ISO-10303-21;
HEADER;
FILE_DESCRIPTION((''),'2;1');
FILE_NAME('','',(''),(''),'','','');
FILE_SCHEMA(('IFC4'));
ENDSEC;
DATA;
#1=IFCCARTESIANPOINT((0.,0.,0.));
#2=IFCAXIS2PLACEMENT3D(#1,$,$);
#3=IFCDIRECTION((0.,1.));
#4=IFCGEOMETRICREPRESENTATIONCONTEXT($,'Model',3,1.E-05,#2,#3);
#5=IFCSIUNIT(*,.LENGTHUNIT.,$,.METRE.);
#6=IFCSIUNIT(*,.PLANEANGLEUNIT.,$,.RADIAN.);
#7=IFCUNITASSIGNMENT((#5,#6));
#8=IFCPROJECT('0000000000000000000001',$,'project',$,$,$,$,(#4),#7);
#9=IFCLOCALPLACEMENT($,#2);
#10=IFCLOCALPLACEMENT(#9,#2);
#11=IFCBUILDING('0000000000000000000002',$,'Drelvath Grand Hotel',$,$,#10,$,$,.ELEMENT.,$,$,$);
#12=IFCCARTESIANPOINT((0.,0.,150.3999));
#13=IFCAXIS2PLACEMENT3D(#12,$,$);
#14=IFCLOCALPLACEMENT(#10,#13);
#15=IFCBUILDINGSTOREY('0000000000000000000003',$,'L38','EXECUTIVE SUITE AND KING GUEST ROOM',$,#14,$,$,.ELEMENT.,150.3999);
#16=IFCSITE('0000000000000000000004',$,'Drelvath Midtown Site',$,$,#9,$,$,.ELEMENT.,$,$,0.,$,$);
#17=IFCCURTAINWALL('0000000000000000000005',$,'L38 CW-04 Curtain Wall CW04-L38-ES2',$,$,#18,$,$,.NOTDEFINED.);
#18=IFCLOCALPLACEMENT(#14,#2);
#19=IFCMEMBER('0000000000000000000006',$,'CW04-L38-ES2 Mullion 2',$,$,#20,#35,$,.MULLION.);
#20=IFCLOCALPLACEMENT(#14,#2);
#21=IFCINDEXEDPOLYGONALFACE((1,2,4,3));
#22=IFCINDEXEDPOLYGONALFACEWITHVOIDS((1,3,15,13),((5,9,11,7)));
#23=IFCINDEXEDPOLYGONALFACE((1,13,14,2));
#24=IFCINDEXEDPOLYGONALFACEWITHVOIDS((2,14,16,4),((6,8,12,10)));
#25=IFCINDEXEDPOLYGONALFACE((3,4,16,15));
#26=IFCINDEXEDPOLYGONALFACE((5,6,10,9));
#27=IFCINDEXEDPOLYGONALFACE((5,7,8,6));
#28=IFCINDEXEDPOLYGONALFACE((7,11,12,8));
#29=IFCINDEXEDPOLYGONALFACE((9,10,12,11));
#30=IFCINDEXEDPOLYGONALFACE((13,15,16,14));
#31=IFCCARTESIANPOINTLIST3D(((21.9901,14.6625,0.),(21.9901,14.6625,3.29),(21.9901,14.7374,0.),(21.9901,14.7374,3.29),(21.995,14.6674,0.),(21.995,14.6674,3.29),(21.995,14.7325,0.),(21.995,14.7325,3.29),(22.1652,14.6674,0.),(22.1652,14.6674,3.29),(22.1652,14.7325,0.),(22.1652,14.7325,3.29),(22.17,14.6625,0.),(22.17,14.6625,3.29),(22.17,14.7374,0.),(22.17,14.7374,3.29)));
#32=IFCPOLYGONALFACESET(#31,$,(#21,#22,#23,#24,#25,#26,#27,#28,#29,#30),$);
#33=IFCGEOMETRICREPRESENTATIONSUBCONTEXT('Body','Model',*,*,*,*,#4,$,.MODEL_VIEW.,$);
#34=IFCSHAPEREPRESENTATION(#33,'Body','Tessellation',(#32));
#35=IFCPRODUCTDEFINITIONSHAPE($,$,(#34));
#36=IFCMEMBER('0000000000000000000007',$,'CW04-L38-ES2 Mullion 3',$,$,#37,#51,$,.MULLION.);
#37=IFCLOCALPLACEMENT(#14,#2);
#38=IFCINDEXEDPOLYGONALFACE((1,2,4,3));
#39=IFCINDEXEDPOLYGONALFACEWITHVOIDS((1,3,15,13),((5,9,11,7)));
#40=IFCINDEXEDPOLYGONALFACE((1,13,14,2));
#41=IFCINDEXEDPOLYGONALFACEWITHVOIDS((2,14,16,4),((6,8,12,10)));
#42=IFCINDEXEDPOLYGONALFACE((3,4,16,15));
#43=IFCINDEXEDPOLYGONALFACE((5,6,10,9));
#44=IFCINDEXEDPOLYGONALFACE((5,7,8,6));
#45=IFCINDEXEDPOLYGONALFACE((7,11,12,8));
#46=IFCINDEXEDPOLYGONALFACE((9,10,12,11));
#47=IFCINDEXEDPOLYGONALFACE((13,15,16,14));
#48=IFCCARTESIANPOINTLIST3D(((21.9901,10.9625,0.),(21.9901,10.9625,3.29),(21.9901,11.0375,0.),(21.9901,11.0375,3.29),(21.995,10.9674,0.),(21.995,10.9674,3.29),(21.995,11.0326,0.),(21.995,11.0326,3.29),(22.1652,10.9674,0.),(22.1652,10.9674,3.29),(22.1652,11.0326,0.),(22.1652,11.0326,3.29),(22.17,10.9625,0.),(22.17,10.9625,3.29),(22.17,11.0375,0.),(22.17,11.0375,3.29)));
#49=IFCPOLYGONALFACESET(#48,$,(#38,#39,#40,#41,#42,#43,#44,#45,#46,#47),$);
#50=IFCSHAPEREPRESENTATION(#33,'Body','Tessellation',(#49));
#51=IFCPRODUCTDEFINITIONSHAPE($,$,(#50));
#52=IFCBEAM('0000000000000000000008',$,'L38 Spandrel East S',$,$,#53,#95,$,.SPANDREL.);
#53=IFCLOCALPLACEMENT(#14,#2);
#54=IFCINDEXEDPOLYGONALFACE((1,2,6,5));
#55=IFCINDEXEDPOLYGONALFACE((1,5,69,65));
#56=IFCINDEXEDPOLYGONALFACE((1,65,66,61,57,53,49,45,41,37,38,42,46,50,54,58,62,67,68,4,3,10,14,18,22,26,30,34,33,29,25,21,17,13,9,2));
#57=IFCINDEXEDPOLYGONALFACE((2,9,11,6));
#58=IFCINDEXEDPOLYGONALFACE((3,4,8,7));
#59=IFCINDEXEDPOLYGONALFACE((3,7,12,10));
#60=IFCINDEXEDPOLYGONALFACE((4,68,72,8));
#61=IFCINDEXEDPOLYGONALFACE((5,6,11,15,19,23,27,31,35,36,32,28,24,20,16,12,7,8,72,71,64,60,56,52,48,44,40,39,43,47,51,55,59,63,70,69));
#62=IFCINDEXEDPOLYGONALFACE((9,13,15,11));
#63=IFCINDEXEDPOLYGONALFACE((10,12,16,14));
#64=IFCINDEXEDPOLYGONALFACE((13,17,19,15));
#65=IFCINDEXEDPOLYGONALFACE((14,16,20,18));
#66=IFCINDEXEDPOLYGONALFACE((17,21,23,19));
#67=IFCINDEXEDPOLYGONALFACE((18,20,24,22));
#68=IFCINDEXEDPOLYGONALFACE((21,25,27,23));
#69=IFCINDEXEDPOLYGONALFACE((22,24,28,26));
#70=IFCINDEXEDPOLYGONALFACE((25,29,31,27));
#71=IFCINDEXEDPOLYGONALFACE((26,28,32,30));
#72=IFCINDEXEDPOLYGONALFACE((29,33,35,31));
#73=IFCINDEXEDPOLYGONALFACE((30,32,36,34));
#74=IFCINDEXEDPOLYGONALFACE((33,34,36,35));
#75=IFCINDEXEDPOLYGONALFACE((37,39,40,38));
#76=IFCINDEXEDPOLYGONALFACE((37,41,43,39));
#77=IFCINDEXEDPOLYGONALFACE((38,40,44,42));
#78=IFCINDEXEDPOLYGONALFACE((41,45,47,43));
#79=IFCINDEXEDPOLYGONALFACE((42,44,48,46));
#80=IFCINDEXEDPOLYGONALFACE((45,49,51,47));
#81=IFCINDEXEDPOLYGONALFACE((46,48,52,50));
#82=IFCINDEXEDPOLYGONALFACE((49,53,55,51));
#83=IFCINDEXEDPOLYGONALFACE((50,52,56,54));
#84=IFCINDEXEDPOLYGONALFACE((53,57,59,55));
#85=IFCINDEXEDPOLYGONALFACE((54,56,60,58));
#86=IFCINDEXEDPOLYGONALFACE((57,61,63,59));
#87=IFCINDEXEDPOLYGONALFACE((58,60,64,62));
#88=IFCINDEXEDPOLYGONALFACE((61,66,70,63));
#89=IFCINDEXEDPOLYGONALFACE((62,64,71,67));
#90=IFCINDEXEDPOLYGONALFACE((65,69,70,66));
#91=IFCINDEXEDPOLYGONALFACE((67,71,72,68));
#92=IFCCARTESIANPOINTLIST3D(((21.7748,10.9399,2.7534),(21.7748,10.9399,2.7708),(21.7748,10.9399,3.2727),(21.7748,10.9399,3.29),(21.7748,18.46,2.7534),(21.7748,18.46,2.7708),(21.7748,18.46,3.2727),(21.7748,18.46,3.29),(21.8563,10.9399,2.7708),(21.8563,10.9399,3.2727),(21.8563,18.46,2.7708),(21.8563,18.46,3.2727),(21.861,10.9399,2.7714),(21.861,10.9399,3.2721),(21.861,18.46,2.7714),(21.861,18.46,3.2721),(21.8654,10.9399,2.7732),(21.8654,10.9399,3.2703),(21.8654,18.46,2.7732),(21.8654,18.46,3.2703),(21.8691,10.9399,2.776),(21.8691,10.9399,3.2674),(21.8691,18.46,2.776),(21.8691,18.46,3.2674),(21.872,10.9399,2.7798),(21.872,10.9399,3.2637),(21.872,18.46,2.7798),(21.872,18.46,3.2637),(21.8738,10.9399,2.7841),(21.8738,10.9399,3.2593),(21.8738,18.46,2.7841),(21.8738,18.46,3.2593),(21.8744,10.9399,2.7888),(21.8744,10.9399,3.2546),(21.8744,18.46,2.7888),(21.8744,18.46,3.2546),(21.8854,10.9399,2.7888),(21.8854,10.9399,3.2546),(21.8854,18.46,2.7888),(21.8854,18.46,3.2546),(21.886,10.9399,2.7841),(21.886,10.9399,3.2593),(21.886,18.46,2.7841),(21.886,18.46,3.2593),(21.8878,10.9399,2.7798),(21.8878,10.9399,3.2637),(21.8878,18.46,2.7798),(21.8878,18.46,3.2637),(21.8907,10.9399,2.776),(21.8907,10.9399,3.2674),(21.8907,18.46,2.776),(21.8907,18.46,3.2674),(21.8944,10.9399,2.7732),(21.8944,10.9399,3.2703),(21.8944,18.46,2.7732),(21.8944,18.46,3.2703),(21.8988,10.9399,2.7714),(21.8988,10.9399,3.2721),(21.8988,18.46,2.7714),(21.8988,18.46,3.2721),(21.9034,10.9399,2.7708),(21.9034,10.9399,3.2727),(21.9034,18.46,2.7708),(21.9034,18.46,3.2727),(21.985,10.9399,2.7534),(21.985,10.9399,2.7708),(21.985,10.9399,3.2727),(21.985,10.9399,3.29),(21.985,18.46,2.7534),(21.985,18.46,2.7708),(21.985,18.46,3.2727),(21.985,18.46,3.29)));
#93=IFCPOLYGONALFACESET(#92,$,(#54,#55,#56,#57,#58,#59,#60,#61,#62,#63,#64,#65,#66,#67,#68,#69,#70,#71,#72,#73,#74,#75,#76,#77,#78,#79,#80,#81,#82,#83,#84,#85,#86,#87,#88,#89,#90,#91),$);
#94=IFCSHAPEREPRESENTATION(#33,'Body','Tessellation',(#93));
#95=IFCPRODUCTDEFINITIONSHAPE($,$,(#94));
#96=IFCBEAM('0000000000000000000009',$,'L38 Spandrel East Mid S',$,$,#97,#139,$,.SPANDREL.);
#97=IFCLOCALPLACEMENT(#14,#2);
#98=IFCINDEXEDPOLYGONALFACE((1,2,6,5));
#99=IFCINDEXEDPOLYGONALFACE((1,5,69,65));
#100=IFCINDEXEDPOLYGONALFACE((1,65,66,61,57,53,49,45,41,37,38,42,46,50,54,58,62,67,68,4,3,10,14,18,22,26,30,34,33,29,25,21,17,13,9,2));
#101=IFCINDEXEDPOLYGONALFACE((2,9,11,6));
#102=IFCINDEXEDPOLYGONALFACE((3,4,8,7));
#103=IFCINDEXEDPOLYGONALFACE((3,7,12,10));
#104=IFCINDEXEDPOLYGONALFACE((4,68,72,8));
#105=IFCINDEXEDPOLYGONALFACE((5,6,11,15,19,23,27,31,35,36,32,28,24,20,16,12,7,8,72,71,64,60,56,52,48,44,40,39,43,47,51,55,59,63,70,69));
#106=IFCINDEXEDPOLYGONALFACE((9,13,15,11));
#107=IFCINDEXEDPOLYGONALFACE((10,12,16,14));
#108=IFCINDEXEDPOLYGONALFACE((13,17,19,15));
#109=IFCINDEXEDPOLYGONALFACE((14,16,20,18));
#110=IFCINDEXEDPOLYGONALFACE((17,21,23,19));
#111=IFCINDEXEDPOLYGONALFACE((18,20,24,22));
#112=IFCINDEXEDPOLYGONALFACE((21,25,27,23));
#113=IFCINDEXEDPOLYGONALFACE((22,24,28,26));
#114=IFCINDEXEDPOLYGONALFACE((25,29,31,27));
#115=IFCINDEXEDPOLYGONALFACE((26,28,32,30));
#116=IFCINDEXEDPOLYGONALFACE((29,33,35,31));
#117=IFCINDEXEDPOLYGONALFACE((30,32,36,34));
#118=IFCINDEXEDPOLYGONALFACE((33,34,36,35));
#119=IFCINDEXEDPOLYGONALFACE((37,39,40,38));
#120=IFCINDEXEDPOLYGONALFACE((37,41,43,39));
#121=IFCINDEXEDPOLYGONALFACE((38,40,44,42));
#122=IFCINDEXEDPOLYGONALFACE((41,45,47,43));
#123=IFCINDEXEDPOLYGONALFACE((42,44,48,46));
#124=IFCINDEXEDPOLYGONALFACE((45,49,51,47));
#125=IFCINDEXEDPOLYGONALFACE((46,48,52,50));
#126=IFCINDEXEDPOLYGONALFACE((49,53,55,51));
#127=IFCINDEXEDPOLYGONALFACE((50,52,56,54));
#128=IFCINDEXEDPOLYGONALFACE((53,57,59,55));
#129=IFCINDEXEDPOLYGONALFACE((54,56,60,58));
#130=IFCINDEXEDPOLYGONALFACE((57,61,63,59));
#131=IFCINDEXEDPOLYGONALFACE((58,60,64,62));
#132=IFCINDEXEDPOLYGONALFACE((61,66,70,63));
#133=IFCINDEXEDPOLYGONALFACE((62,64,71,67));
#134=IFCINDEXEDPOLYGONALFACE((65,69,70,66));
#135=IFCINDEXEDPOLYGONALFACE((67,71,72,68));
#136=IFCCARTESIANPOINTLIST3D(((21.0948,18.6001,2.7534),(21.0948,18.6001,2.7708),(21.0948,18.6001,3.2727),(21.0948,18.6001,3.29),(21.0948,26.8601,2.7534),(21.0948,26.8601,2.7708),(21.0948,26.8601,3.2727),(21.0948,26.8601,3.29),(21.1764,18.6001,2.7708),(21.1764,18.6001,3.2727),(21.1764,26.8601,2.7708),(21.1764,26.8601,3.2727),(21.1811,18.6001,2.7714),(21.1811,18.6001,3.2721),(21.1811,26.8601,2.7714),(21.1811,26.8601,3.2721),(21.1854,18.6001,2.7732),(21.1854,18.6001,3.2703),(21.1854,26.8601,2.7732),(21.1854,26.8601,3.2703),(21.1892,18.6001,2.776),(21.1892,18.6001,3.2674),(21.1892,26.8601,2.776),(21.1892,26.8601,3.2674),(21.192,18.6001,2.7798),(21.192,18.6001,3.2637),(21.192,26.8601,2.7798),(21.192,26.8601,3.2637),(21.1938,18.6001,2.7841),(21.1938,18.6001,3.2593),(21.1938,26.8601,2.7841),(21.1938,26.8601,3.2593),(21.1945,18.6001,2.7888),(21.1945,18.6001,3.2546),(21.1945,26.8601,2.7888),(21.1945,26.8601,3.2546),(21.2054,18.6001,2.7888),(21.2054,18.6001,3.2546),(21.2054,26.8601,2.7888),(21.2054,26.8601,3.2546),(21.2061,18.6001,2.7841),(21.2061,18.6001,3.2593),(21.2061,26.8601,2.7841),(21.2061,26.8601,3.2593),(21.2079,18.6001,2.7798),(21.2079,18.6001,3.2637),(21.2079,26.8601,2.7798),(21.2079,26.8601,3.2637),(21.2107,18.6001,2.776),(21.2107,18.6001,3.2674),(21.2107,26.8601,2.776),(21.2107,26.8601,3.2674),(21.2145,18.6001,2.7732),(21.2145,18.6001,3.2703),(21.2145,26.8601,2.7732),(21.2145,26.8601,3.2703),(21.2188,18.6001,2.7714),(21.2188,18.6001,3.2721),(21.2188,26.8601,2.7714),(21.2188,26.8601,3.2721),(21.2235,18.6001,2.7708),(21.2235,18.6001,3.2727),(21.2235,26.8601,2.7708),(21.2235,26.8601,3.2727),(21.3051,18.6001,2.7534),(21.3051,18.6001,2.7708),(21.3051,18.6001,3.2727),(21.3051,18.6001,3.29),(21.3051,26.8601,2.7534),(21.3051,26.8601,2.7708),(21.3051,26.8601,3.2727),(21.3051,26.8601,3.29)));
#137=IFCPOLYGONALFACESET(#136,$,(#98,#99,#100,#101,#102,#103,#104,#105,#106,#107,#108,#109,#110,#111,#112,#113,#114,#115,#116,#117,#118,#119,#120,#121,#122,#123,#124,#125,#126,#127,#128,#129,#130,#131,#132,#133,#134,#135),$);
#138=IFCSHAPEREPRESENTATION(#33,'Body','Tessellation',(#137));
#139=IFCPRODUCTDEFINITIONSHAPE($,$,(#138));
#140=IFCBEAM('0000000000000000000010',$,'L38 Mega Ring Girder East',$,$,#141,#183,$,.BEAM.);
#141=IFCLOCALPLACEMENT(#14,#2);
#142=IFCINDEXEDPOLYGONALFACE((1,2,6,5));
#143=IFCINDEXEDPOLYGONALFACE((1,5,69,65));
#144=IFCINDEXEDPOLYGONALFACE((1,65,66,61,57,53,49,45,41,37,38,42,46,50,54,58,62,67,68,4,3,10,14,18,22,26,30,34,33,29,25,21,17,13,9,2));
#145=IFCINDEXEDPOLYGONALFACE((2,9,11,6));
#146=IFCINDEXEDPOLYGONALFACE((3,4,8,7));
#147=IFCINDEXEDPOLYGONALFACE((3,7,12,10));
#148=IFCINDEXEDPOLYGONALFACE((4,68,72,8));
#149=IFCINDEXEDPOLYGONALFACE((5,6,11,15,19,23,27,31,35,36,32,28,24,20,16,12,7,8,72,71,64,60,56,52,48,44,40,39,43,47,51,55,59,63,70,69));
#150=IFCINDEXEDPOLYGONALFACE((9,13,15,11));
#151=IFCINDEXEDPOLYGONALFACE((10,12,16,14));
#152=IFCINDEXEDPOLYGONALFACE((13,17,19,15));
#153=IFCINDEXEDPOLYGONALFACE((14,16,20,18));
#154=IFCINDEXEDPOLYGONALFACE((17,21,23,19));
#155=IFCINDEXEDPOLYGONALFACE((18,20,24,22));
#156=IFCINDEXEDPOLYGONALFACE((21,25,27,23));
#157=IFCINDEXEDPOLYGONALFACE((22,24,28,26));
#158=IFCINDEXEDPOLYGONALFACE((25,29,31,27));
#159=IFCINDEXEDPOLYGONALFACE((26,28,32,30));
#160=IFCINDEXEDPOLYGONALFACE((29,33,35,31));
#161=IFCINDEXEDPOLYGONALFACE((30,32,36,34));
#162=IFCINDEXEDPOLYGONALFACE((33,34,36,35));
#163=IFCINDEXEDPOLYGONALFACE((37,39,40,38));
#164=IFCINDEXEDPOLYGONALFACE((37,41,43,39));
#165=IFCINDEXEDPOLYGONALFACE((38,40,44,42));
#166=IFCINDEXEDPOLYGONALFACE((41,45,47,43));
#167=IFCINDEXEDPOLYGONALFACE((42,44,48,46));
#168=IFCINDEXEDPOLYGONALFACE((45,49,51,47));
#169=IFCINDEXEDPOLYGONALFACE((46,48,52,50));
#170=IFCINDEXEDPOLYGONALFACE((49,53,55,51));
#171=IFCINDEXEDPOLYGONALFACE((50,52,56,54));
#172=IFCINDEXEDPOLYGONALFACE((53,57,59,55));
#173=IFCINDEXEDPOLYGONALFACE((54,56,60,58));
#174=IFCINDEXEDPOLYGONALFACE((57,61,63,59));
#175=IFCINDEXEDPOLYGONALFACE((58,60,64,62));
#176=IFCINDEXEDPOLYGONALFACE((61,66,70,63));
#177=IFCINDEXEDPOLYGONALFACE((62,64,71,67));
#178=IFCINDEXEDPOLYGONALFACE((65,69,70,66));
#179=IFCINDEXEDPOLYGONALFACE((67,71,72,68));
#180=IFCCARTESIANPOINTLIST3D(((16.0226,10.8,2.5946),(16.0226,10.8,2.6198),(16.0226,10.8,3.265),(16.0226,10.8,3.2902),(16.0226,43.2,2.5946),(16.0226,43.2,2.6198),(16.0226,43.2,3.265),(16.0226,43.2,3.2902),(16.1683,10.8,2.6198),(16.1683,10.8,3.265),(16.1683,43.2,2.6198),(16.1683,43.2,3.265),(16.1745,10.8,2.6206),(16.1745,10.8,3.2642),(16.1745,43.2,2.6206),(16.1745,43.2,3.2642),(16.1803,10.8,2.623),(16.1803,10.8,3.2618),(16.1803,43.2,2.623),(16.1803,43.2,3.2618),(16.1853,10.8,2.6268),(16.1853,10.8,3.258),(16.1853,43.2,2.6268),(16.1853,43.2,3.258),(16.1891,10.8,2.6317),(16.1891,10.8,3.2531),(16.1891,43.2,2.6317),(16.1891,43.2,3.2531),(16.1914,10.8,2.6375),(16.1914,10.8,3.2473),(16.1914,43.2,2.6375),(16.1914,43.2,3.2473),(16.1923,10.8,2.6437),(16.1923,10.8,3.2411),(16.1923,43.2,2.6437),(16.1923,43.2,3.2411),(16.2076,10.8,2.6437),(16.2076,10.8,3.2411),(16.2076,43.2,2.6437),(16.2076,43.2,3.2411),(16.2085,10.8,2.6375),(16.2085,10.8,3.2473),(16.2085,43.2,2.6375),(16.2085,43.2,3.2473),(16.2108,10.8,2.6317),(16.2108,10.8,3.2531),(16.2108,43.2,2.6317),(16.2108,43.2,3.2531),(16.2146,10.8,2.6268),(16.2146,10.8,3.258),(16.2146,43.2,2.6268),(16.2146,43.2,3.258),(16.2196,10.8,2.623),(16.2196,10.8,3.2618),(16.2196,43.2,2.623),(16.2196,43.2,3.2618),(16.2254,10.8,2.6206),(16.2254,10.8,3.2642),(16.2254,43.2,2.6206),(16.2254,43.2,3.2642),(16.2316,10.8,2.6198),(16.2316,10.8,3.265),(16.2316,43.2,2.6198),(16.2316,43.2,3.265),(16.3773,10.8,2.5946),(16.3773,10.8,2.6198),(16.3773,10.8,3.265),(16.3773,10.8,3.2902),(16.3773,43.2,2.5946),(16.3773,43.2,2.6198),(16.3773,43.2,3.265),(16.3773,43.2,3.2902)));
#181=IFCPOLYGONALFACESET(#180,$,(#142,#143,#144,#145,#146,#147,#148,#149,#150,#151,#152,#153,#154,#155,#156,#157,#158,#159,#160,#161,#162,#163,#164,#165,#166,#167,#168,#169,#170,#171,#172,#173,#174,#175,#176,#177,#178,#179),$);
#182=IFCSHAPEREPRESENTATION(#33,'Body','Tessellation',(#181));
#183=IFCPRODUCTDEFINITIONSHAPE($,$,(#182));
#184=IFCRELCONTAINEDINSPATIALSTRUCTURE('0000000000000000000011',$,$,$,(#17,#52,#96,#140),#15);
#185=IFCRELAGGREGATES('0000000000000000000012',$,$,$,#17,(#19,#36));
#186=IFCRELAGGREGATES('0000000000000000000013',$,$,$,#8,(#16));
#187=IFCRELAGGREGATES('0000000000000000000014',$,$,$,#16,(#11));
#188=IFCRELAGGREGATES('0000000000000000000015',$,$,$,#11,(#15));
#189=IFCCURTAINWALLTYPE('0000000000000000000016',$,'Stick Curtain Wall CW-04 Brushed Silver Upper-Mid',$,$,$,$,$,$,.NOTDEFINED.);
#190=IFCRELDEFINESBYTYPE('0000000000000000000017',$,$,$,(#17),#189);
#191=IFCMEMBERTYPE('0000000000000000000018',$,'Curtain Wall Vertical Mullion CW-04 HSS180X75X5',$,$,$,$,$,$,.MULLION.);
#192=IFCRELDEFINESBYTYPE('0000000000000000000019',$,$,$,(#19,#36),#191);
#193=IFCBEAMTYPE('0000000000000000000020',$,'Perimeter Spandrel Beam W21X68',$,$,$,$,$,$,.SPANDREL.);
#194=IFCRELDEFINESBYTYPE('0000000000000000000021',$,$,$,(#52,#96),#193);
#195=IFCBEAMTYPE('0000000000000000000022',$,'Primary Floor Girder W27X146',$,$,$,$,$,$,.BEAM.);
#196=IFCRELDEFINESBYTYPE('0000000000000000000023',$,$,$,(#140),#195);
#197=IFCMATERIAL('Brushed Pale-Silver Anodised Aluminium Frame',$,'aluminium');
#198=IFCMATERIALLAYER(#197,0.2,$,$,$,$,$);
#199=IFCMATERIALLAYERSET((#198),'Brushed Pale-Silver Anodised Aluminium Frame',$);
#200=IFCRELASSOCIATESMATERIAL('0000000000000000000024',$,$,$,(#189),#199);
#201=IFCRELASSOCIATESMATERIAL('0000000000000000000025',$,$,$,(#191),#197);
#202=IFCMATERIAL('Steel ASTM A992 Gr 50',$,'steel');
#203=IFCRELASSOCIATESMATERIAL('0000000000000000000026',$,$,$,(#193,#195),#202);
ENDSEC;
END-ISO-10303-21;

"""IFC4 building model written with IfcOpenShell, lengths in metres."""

from ifc_helpers import new_model, si_unit, direction, frame, origin, origin_2d, place, context, subcontext, project, spatial, hollow_rectangle, i_section, extrude, material, layer, layer_set, material_profile, profile_set, type_object, element, aggregate, save


model = new_model("IFC4")

# Units and contexts
model_context = context("Model", 3, precision=1e-05, world=origin(), true_north=direction((0.0, 1.0)))
body_context = subcontext(model_context, "Body", "Model", "MODEL_VIEW")
ifc_project = project(units=[si_unit("LENGTHUNIT", "METRE"), si_unit("PLANEANGLEUNIT", "RADIAN")], contexts=[model_context])

# Site, building, storey
site_placement = place(None, origin())
site = spatial("IfcSite", under=ifc_project, at=site_placement, Name="Drelvath Midtown Site", CompositionType="ELEMENT", RefElevation=0.0)
building_placement = place(site_placement, origin())
building = spatial("IfcBuilding", under=site, at=building_placement, Name="Drelvath Grand Hotel", CompositionType="ELEMENT")
storey_placement = place(building_placement, frame((0.0, 0.0, 150.3999)))
storey = spatial("IfcBuildingStorey", under=building, at=storey_placement, Name="L38", Description="EXECUTIVE SUITE AND KING GUEST ROOM", CompositionType="ELEMENT", Elevation=150.3999)

# Curtain wall
ifc_material_1 = material(Name="Brushed Pale-Silver Anodised Aluminium Frame", Category="aluminium")
ifc_layer_1 = layer(ifc_material_1, 0.2)
ifc_layer_set_1 = layer_set([ifc_layer_1], Name="Brushed Pale-Silver Anodised Aluminium Frame")
curtain_wall_type = type_object("IfcCurtainWallType", Name="Stick Curtain Wall CW-04 Brushed Silver Upper-Mid", PredefinedType="NOTDEFINED", material=ifc_layer_set_1)
curtain_wall_1_placement = place(storey_placement, origin())
curtain_wall_1 = element("IfcCurtainWall", 1, at=curtain_wall_1_placement, inside=storey, type_object=curtain_wall_type, Name="L38 CW-04 Curtain Wall CW04-L38-ES2", PredefinedType="NOTDEFINED")

# Members
ifc_material_profile_1 = material_profile(ifc_material_1, hollow_rectangle(XDim=0.075, YDim=0.1799, WallThickness=0.0049, at=origin_2d()), Name="HSS180X75X5")
ifc_profile_set_1 = profile_set([ifc_material_profile_1], Name="Brushed Pale-Silver Anodised Aluminium Frame")
member_type_1 = type_object("IfcMemberType", Name="Curtain Wall Vertical Mullion CW-04 HSS180X75X5", PredefinedType="MULLION", material=ifc_profile_set_1)
member_1_placement = place(storey_placement, frame((22.0801, 14.7, 0.0), z_axis=(0.0, 0.0, 1.0), x_axis=(0.0, 1.0, 0.0)))
member_1 = element("IfcMember", 2, at=member_1_placement, type_object=member_type_1, Name="CW04-L38-ES2 Mullion 2", PredefinedType="MULLION", context=body_context, shape_type="SweptSolid", body=[
    extrude(hollow_rectangle(XDim=0.075, YDim=0.1799, WallThickness=0.0049, at=origin_2d()), origin(), (0.0, 0.0, 1.0), 3.29),
])
member_2_placement = place(storey_placement, frame((22.0801, 11.0, 0.0), z_axis=(0.0, 0.0, 1.0), x_axis=(0.0, 1.0, 0.0)))
member_2 = element("IfcMember", 3, at=member_2_placement, type_object=member_type_1, Name="CW04-L38-ES2 Mullion 3", PredefinedType="MULLION", context=body_context, shape_type="SweptSolid", body=[
    extrude(hollow_rectangle(XDim=0.075, YDim=0.1799, WallThickness=0.0049, at=origin_2d()), origin(), (0.0, 0.0, 1.0), 3.29),
])

# Beams
ifc_material_2 = material(Name="Steel ASTM A992 Gr 50", Category="steel")
ifc_material_profile_2 = material_profile(ifc_material_2, i_section(OverallWidth=0.2102, OverallDepth=0.5366, WebThickness=0.011, FlangeThickness=0.0173, FilletRadius=0.0181, at=origin_2d()), Name="W21X68")
ifc_profile_set_2 = profile_set([ifc_material_profile_2], Name="Steel ASTM A992 Gr 50")
beam_type_1 = type_object("IfcBeamType", Name="Perimeter Spandrel Beam W21X68", PredefinedType="SPANDREL", material=ifc_profile_set_2)
beam_1_placement = place(storey_placement, frame((21.8799, 10.9399, 3.0217), z_axis=(0.0, 1.0, 0.0), x_axis=(-1.0, 0.0, 0.0)))
element("IfcBeam", 4, at=beam_1_placement, inside=storey, type_object=beam_type_1, Name="L38 Spandrel East S", PredefinedType="SPANDREL", context=body_context, shape_type="SweptSolid", body=[
    extrude(i_section(OverallWidth=0.2102, OverallDepth=0.5366, WebThickness=0.011, FlangeThickness=0.0173, FilletRadius=0.0181, at=origin_2d()), origin(), (0.0, 0.0, 1.0), 7.52),
])
beam_2_placement = place(storey_placement, frame((21.2, 18.6001, 3.0217), z_axis=(0.0, 1.0, 0.0), x_axis=(-1.0, 0.0, 0.0)))
element("IfcBeam", 5, at=beam_2_placement, inside=storey, type_object=beam_type_1, Name="L38 Spandrel East Mid S", PredefinedType="SPANDREL", context=body_context, shape_type="SweptSolid", body=[
    extrude(i_section(OverallWidth=0.2102, OverallDepth=0.5366, WebThickness=0.011, FlangeThickness=0.0173, FilletRadius=0.0181, at=origin_2d()), origin(), (0.0, 0.0, 1.0), 8.26),
])
ifc_material_profile_3 = material_profile(ifc_material_2, i_section(OverallWidth=0.3547, OverallDepth=0.6956, WebThickness=0.0154, FlangeThickness=0.0251, FilletRadius=0.0239, at=origin_2d()), Name="W27X146")
ifc_profile_set_3 = profile_set([ifc_material_profile_3], Name="Steel ASTM A992 Gr 50")
beam_type_2 = type_object("IfcBeamType", Name="Primary Floor Girder W27X146", PredefinedType="BEAM", material=ifc_profile_set_3)
beam_3_placement = place(storey_placement, frame((16.2, 10.8, 2.9424), z_axis=(0.0, 1.0, 0.0), x_axis=(-1.0, 0.0, 0.0)))
element("IfcBeam", 6, at=beam_3_placement, inside=storey, type_object=beam_type_2, Name="L38 Mega Ring Girder East", PredefinedType="BEAM", context=body_context, shape_type="SweptSolid", body=[
    extrude(i_section(OverallWidth=0.3547, OverallDepth=0.6956, WebThickness=0.0154, FlangeThickness=0.0251, FilletRadius=0.0239, at=origin_2d()), origin(), (0.0, 0.0, 1.0), 32.3999),
])

aggregate(curtain_wall_1, [member_1, member_2])

save(model, "model.ifc")
